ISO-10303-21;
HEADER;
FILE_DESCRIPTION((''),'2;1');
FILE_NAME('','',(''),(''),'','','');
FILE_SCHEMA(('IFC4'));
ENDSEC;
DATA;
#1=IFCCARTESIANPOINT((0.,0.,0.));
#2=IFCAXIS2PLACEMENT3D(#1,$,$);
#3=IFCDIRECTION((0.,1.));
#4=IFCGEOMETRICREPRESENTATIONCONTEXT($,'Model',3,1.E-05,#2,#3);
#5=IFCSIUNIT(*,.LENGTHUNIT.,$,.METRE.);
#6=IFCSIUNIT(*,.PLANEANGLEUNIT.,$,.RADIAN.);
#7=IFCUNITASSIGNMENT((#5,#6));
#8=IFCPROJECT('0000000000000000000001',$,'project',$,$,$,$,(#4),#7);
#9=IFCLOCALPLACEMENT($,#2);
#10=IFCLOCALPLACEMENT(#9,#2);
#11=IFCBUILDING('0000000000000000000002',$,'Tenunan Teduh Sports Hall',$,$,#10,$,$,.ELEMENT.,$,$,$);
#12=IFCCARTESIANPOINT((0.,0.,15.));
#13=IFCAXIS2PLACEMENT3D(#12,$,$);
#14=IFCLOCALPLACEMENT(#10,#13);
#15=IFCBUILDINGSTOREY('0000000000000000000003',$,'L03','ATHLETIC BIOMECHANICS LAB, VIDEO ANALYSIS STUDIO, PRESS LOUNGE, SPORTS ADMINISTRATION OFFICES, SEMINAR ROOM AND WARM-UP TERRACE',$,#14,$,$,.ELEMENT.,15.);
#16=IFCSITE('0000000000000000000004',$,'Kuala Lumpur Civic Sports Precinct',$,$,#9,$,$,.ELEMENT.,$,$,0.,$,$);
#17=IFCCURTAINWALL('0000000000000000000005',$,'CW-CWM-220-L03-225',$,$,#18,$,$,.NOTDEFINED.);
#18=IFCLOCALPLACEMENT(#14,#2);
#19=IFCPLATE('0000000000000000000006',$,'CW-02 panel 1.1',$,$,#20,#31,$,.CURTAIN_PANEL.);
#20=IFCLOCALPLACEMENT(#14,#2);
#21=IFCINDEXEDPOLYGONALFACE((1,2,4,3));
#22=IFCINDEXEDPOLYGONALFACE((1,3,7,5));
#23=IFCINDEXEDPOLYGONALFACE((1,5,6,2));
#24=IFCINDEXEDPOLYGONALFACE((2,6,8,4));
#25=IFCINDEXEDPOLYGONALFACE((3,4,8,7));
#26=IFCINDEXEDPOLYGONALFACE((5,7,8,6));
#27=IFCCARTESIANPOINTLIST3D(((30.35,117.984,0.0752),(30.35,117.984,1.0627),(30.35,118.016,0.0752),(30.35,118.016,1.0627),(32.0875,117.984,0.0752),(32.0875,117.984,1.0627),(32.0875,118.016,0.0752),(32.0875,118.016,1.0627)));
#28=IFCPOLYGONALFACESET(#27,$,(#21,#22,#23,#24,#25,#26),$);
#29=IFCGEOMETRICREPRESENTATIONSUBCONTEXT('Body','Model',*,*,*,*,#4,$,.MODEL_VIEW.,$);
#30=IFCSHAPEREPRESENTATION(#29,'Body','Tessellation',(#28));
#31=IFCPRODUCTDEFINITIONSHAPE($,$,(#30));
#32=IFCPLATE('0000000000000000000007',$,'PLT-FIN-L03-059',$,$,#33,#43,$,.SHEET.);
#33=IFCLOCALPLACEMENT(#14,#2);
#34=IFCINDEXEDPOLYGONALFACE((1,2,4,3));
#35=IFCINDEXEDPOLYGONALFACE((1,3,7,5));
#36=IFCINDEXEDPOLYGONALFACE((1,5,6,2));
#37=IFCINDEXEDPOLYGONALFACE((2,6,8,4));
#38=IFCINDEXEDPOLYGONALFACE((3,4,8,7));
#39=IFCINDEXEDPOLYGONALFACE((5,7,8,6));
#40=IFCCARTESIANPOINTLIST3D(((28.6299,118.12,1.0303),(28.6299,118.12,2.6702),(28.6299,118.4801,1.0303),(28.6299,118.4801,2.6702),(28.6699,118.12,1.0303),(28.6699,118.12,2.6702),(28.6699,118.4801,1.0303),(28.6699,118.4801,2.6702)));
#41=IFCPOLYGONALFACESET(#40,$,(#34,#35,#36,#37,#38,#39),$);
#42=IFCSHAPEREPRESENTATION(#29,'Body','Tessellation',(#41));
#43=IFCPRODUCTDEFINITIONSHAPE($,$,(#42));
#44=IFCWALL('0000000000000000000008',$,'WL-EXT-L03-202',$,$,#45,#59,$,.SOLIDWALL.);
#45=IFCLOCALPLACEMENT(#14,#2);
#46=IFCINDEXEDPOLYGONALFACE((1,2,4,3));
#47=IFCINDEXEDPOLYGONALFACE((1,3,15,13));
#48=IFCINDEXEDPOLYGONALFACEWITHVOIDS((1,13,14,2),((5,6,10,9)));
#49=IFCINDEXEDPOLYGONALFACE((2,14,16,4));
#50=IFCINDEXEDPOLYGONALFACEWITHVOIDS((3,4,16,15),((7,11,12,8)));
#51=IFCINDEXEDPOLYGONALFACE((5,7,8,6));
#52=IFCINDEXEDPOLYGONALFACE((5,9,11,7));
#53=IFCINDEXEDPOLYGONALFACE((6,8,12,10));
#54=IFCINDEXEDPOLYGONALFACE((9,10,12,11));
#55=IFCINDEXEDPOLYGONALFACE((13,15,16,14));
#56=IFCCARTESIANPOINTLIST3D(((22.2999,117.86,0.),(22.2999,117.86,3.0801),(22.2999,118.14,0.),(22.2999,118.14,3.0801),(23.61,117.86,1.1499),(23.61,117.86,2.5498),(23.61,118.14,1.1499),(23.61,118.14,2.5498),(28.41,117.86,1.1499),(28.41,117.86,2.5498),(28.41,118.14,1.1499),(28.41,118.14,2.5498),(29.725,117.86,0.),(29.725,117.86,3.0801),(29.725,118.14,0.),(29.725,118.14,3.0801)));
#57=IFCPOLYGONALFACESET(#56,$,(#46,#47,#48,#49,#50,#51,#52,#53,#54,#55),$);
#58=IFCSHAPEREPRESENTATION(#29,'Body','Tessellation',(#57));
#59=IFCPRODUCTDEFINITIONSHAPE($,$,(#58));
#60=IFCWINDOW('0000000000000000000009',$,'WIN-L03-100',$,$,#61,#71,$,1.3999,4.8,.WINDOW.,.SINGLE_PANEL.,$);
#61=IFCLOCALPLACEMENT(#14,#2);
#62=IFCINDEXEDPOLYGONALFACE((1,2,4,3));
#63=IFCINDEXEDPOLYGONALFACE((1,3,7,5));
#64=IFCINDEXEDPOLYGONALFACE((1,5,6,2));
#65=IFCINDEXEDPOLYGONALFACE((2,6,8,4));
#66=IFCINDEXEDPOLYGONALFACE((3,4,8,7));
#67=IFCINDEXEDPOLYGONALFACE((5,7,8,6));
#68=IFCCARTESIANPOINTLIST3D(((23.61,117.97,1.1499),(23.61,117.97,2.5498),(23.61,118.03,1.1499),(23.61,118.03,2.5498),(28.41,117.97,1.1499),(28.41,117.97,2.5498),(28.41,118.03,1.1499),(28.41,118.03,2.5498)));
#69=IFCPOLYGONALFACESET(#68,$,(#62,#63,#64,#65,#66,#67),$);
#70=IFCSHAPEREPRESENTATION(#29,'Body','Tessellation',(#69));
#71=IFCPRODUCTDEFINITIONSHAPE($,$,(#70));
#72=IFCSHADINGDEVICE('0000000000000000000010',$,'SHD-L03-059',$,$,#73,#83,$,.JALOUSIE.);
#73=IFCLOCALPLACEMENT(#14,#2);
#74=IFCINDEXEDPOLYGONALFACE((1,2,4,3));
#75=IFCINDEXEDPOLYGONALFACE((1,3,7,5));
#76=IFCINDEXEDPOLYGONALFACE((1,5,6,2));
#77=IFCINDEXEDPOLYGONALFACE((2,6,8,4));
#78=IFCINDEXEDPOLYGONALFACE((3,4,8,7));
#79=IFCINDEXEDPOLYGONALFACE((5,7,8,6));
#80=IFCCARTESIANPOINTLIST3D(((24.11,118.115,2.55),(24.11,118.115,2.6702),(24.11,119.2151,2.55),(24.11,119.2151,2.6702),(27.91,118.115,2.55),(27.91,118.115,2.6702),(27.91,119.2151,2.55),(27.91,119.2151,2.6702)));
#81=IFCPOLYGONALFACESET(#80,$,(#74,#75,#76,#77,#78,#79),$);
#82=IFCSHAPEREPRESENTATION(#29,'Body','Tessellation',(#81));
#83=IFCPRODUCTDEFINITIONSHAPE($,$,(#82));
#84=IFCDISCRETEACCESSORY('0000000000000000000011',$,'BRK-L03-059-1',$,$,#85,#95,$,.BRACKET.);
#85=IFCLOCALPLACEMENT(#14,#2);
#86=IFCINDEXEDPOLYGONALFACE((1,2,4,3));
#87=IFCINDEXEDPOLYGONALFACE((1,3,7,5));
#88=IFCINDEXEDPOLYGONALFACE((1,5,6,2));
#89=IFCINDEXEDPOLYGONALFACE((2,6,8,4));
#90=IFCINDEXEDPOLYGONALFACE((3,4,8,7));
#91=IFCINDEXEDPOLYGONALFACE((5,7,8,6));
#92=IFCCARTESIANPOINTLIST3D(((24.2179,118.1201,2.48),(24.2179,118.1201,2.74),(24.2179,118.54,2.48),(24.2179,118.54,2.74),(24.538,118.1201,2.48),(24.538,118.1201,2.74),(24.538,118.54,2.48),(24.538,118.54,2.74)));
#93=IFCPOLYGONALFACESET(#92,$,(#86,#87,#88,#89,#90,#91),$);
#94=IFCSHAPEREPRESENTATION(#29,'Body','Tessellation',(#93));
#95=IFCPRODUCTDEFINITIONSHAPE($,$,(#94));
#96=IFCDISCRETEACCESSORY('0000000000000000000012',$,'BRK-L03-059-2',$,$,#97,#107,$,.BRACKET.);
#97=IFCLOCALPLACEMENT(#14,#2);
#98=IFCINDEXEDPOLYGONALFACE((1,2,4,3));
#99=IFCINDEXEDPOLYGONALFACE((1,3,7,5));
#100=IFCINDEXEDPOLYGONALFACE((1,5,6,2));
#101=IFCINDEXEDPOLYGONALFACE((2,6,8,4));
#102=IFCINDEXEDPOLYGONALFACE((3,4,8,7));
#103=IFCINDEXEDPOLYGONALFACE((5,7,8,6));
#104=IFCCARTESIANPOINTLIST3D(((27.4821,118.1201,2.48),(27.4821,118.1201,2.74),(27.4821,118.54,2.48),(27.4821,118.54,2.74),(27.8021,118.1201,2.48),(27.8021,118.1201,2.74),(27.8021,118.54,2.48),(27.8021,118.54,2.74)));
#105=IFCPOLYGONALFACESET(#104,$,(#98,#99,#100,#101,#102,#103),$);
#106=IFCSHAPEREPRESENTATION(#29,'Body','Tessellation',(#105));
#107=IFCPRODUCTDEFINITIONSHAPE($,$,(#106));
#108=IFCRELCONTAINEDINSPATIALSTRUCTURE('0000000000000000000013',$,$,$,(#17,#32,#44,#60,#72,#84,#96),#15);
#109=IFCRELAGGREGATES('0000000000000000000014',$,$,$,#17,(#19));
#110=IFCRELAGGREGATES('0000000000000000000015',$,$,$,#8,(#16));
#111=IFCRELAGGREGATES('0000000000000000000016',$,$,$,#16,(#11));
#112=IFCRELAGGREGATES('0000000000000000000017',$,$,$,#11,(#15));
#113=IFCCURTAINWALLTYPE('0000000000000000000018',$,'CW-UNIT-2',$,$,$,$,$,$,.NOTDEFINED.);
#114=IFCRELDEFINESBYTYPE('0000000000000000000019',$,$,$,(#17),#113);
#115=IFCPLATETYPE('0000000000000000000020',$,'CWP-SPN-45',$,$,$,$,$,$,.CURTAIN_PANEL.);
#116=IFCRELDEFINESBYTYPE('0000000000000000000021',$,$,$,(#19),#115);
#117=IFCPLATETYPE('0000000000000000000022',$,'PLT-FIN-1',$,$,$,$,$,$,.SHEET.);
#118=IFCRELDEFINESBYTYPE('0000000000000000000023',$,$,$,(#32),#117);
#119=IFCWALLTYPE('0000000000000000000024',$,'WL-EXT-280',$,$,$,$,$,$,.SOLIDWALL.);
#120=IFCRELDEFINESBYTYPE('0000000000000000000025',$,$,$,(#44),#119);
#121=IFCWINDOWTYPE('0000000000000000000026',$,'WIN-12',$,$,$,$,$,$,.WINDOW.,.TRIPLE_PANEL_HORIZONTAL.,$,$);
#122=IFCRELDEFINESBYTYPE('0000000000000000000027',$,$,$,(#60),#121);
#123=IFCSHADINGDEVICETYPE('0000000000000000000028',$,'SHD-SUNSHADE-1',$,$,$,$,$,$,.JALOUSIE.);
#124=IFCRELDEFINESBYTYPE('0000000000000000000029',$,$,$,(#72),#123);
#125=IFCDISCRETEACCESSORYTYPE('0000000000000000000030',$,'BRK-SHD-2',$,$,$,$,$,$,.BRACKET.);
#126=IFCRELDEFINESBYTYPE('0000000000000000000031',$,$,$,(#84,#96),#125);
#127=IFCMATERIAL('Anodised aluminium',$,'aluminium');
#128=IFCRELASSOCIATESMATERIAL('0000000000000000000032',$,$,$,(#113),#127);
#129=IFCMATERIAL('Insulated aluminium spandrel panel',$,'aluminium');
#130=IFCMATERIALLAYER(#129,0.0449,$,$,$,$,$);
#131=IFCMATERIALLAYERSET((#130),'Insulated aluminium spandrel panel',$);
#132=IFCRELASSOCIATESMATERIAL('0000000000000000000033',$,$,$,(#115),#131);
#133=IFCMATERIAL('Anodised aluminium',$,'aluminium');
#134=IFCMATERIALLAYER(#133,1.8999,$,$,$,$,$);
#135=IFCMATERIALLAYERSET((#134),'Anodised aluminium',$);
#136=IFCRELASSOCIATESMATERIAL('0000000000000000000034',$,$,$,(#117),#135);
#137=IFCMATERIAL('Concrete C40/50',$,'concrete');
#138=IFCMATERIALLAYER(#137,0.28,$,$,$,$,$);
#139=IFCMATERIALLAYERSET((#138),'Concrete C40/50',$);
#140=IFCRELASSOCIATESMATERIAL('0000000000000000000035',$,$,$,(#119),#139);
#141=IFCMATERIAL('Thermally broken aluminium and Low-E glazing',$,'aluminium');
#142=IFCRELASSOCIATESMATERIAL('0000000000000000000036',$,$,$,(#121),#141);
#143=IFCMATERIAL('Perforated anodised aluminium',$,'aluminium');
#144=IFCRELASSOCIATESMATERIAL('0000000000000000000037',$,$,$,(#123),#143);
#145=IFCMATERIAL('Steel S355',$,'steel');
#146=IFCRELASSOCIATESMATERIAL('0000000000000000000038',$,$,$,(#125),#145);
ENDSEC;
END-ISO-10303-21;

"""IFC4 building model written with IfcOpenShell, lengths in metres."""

from ifc_helpers import new_model, si_unit, direction, frame, frame_2d, origin, origin_2d, place, context, subcontext, project, spatial, rectangle, extrude, material, layer, layer_set, type_object, element, fill, aggregate, save


model = new_model("IFC4")

# Units and contexts
model_context = context("Model", 3, precision=1e-05, world=origin(), true_north=direction((0.0, 1.0)))
body_context = subcontext(model_context, "Body", "Model", "MODEL_VIEW")
ifc_project = project(units=[si_unit("LENGTHUNIT", "METRE"), si_unit("PLANEANGLEUNIT", "RADIAN")], contexts=[model_context])

# Site, building, storey
site_placement = place(None, origin())
site = spatial("IfcSite", under=ifc_project, at=site_placement, Name="Kuala Lumpur Civic Sports Precinct", CompositionType="ELEMENT", RefElevation=0.0)
building_placement = place(site_placement, origin())
building = spatial("IfcBuilding", under=site, at=building_placement, Name="Tenunan Teduh Sports Hall", CompositionType="ELEMENT")
storey_placement = place(building_placement, frame((0.0, 0.0, 15.0)))
storey = spatial("IfcBuildingStorey", under=building, at=storey_placement, Name="L03", Description="ATHLETIC BIOMECHANICS LAB, VIDEO ANALYSIS STUDIO, PRESS LOUNGE, SPORTS ADMINISTRATION OFFICES, SEMINAR ROOM AND WARM-UP TERRACE", CompositionType="ELEMENT", Elevation=15.0)

# Curtain wall, plate
ifc_material_1 = material(Name="Anodised aluminium", Category="aluminium")
curtain_wall_type = type_object("IfcCurtainWallType", Name="CW-UNIT-2", PredefinedType="NOTDEFINED", material=ifc_material_1)
curtain_wall_placement = place(storey_placement, origin())
curtain_wall = element("IfcCurtainWall", 1, at=curtain_wall_placement, inside=storey, type_object=curtain_wall_type, Name="CW-CWM-220-L03-225", PredefinedType="NOTDEFINED")
ifc_material_2 = material(Name="Insulated aluminium spandrel panel", Category="aluminium")
ifc_layer_1 = layer(ifc_material_2, 0.0449)
ifc_layer_set_1 = layer_set([ifc_layer_1], Name="Insulated aluminium spandrel panel")
plate_type_1 = type_object("IfcPlateType", Name="CWP-SPN-45", PredefinedType="CURTAIN_PANEL", material=ifc_layer_set_1)
plate_1_placement = place(storey_placement, frame((31.2188, 118.0, 0.0752), z_axis=(0.0, 0.0, 1.0), x_axis=(1.0, 0.0, 0.0)))
plate_1 = element("IfcPlate", 2, at=plate_1_placement, type_object=plate_type_1, Name="CW-02 panel 1.1", PredefinedType="CURTAIN_PANEL", context=body_context, shape_type="SweptSolid", body=[
    extrude(rectangle(XDim=1.7375, YDim=0.032, at=origin_2d()), origin(), (0.0, 0.0, 1.0), 0.9875),
])
aggregate(curtain_wall, [plate_1])

# Plate
ifc_material_3 = material(Name="Anodised aluminium", Category="aluminium")
ifc_layer_2 = layer(ifc_material_3, 1.8999)
ifc_layer_set_2 = layer_set([ifc_layer_2], Name="Anodised aluminium")
plate_type_2 = type_object("IfcPlateType", Name="PLT-FIN-1", PredefinedType="SHEET", material=ifc_layer_set_2)
plate_2_placement = place(storey_placement, frame((28.6499, 118.3, 1.0303), z_axis=(0.0, 0.0, 1.0), x_axis=(1.0, 0.0, 0.0)))
element("IfcPlate", 3, at=plate_2_placement, inside=storey, type_object=plate_type_2, Name="PLT-FIN-L03-059", PredefinedType="SHEET", context=body_context, shape_type="SweptSolid", body=[
    extrude(rectangle(XDim=0.04, YDim=0.3601, at=origin_2d()), origin(), (0.0, 0.0, 1.0), 1.6399),
])

# Wall, opening, window
ifc_material_4 = material(Name="Concrete C40/50", Category="concrete")
ifc_layer_3 = layer(ifc_material_4, 0.28)
ifc_layer_set_3 = layer_set([ifc_layer_3], Name="Concrete C40/50")
wall_type = type_object("IfcWallType", Name="WL-EXT-280", PredefinedType="SOLIDWALL", material=ifc_layer_set_3)
wall_placement = place(storey_placement, frame((22.3, 118.0, 0.0), z_axis=(0.0, 0.0, 1.0), x_axis=(1.0, 0.0, 0.0)))
wall = element("IfcWall", 4, at=wall_placement, inside=storey, type_object=wall_type, Name="WL-EXT-L03-202", PredefinedType="SOLIDWALL", context=body_context, shape_type="SweptSolid", body=[
    extrude(rectangle(XDim=7.425, YDim=0.28, at=frame_2d((3.7124, 0.0))), origin(), (0.0, 0.0, 1.0), 3.0801),
])
opening_placement = place(wall_placement, frame((1.3101, 0.0, 1.1499)))
opening = element("IfcOpeningElement", 5, at=opening_placement, cuts=wall, PredefinedType="OPENING", context=body_context, shape_type="SweptSolid", body=[
    extrude(rectangle(XDim=4.8, YDim=1.3999, at=frame_2d((2.3999, 0.7))), frame((0.0, 0.1499, 0.0), z_axis=(0.0, -1.0, 0.0), x_axis=(1.0, 0.0, 0.0)), (0.0, 0.0, 1.0), 0.3),
])
ifc_material_5 = material(Name="Thermally broken aluminium and Low-E glazing", Category="aluminium")
window_type = type_object("IfcWindowType", Name="WIN-12", PartitioningType="TRIPLE_PANEL_HORIZONTAL", PredefinedType="WINDOW", material=ifc_material_5)
window_placement = place(opening_placement, origin())
window = element("IfcWindow", 6, at=window_placement, inside=storey, type_object=window_type, Name="WIN-L03-100", OverallHeight=1.3999, OverallWidth=4.8, PartitioningType="SINGLE_PANEL", PredefinedType="WINDOW", context=body_context, shape_type="SweptSolid", body=[
    extrude(rectangle(XDim=4.8, YDim=1.3999, at=frame_2d((2.3999, 0.7))), frame((0.0, 0.03, 0.0), z_axis=(0.0, -1.0, 0.0), x_axis=(1.0, 0.0, 0.0)), (0.0, 0.0, 1.0), 0.0601),
])
fill(opening, window)

# Shading device
ifc_material_6 = material(Name="Perforated anodised aluminium", Category="aluminium")
shading_device_type = type_object("IfcShadingDeviceType", Name="SHD-SUNSHADE-1", PredefinedType="JALOUSIE", material=ifc_material_6)
shading_device_placement = place(storey_placement, frame((26.01, 118.665, 2.55), z_axis=(0.0, 0.0, 1.0), x_axis=(1.0, 0.0, 0.0)))
element("IfcShadingDevice", 7, at=shading_device_placement, inside=storey, type_object=shading_device_type, Name="SHD-L03-059", PredefinedType="JALOUSIE", context=body_context, shape_type="SweptSolid", body=[
    extrude(rectangle(XDim=3.8, YDim=1.1001, at=origin_2d()), origin(), (0.0, 0.0, 1.0), 0.1201),
])

# Discrete accessories
ifc_material_7 = material(Name="Steel S355", Category="steel")
discrete_accessory_type = type_object("IfcDiscreteAccessoryType", Name="BRK-SHD-2", PredefinedType="BRACKET", material=ifc_material_7)
for number, where, z_axis, x_axis, name in (
    (8, (24.3779, 118.3301, 2.48), (0.0, 0.0, 1.0), (1.0, 0.0, 0.0), "BRK-L03-059-1"),
    (9, (27.6421, 118.3301, 2.48), (0.0, 0.0, 1.0), (1.0, 0.0, 0.0), "BRK-L03-059-2"),
):
    element("IfcDiscreteAccessory", number, at=place(storey_placement, frame(where, z_axis=z_axis, x_axis=x_axis)), inside=storey, type_object=discrete_accessory_type, Name=name, PredefinedType="BRACKET", context=body_context, shape_type="SweptSolid", body=[
        extrude(rectangle(XDim=0.3201, YDim=0.4199, at=origin_2d()), origin(), (0.0, 0.0, 1.0), 0.26),
    ])

save(model, "model.ifc")
